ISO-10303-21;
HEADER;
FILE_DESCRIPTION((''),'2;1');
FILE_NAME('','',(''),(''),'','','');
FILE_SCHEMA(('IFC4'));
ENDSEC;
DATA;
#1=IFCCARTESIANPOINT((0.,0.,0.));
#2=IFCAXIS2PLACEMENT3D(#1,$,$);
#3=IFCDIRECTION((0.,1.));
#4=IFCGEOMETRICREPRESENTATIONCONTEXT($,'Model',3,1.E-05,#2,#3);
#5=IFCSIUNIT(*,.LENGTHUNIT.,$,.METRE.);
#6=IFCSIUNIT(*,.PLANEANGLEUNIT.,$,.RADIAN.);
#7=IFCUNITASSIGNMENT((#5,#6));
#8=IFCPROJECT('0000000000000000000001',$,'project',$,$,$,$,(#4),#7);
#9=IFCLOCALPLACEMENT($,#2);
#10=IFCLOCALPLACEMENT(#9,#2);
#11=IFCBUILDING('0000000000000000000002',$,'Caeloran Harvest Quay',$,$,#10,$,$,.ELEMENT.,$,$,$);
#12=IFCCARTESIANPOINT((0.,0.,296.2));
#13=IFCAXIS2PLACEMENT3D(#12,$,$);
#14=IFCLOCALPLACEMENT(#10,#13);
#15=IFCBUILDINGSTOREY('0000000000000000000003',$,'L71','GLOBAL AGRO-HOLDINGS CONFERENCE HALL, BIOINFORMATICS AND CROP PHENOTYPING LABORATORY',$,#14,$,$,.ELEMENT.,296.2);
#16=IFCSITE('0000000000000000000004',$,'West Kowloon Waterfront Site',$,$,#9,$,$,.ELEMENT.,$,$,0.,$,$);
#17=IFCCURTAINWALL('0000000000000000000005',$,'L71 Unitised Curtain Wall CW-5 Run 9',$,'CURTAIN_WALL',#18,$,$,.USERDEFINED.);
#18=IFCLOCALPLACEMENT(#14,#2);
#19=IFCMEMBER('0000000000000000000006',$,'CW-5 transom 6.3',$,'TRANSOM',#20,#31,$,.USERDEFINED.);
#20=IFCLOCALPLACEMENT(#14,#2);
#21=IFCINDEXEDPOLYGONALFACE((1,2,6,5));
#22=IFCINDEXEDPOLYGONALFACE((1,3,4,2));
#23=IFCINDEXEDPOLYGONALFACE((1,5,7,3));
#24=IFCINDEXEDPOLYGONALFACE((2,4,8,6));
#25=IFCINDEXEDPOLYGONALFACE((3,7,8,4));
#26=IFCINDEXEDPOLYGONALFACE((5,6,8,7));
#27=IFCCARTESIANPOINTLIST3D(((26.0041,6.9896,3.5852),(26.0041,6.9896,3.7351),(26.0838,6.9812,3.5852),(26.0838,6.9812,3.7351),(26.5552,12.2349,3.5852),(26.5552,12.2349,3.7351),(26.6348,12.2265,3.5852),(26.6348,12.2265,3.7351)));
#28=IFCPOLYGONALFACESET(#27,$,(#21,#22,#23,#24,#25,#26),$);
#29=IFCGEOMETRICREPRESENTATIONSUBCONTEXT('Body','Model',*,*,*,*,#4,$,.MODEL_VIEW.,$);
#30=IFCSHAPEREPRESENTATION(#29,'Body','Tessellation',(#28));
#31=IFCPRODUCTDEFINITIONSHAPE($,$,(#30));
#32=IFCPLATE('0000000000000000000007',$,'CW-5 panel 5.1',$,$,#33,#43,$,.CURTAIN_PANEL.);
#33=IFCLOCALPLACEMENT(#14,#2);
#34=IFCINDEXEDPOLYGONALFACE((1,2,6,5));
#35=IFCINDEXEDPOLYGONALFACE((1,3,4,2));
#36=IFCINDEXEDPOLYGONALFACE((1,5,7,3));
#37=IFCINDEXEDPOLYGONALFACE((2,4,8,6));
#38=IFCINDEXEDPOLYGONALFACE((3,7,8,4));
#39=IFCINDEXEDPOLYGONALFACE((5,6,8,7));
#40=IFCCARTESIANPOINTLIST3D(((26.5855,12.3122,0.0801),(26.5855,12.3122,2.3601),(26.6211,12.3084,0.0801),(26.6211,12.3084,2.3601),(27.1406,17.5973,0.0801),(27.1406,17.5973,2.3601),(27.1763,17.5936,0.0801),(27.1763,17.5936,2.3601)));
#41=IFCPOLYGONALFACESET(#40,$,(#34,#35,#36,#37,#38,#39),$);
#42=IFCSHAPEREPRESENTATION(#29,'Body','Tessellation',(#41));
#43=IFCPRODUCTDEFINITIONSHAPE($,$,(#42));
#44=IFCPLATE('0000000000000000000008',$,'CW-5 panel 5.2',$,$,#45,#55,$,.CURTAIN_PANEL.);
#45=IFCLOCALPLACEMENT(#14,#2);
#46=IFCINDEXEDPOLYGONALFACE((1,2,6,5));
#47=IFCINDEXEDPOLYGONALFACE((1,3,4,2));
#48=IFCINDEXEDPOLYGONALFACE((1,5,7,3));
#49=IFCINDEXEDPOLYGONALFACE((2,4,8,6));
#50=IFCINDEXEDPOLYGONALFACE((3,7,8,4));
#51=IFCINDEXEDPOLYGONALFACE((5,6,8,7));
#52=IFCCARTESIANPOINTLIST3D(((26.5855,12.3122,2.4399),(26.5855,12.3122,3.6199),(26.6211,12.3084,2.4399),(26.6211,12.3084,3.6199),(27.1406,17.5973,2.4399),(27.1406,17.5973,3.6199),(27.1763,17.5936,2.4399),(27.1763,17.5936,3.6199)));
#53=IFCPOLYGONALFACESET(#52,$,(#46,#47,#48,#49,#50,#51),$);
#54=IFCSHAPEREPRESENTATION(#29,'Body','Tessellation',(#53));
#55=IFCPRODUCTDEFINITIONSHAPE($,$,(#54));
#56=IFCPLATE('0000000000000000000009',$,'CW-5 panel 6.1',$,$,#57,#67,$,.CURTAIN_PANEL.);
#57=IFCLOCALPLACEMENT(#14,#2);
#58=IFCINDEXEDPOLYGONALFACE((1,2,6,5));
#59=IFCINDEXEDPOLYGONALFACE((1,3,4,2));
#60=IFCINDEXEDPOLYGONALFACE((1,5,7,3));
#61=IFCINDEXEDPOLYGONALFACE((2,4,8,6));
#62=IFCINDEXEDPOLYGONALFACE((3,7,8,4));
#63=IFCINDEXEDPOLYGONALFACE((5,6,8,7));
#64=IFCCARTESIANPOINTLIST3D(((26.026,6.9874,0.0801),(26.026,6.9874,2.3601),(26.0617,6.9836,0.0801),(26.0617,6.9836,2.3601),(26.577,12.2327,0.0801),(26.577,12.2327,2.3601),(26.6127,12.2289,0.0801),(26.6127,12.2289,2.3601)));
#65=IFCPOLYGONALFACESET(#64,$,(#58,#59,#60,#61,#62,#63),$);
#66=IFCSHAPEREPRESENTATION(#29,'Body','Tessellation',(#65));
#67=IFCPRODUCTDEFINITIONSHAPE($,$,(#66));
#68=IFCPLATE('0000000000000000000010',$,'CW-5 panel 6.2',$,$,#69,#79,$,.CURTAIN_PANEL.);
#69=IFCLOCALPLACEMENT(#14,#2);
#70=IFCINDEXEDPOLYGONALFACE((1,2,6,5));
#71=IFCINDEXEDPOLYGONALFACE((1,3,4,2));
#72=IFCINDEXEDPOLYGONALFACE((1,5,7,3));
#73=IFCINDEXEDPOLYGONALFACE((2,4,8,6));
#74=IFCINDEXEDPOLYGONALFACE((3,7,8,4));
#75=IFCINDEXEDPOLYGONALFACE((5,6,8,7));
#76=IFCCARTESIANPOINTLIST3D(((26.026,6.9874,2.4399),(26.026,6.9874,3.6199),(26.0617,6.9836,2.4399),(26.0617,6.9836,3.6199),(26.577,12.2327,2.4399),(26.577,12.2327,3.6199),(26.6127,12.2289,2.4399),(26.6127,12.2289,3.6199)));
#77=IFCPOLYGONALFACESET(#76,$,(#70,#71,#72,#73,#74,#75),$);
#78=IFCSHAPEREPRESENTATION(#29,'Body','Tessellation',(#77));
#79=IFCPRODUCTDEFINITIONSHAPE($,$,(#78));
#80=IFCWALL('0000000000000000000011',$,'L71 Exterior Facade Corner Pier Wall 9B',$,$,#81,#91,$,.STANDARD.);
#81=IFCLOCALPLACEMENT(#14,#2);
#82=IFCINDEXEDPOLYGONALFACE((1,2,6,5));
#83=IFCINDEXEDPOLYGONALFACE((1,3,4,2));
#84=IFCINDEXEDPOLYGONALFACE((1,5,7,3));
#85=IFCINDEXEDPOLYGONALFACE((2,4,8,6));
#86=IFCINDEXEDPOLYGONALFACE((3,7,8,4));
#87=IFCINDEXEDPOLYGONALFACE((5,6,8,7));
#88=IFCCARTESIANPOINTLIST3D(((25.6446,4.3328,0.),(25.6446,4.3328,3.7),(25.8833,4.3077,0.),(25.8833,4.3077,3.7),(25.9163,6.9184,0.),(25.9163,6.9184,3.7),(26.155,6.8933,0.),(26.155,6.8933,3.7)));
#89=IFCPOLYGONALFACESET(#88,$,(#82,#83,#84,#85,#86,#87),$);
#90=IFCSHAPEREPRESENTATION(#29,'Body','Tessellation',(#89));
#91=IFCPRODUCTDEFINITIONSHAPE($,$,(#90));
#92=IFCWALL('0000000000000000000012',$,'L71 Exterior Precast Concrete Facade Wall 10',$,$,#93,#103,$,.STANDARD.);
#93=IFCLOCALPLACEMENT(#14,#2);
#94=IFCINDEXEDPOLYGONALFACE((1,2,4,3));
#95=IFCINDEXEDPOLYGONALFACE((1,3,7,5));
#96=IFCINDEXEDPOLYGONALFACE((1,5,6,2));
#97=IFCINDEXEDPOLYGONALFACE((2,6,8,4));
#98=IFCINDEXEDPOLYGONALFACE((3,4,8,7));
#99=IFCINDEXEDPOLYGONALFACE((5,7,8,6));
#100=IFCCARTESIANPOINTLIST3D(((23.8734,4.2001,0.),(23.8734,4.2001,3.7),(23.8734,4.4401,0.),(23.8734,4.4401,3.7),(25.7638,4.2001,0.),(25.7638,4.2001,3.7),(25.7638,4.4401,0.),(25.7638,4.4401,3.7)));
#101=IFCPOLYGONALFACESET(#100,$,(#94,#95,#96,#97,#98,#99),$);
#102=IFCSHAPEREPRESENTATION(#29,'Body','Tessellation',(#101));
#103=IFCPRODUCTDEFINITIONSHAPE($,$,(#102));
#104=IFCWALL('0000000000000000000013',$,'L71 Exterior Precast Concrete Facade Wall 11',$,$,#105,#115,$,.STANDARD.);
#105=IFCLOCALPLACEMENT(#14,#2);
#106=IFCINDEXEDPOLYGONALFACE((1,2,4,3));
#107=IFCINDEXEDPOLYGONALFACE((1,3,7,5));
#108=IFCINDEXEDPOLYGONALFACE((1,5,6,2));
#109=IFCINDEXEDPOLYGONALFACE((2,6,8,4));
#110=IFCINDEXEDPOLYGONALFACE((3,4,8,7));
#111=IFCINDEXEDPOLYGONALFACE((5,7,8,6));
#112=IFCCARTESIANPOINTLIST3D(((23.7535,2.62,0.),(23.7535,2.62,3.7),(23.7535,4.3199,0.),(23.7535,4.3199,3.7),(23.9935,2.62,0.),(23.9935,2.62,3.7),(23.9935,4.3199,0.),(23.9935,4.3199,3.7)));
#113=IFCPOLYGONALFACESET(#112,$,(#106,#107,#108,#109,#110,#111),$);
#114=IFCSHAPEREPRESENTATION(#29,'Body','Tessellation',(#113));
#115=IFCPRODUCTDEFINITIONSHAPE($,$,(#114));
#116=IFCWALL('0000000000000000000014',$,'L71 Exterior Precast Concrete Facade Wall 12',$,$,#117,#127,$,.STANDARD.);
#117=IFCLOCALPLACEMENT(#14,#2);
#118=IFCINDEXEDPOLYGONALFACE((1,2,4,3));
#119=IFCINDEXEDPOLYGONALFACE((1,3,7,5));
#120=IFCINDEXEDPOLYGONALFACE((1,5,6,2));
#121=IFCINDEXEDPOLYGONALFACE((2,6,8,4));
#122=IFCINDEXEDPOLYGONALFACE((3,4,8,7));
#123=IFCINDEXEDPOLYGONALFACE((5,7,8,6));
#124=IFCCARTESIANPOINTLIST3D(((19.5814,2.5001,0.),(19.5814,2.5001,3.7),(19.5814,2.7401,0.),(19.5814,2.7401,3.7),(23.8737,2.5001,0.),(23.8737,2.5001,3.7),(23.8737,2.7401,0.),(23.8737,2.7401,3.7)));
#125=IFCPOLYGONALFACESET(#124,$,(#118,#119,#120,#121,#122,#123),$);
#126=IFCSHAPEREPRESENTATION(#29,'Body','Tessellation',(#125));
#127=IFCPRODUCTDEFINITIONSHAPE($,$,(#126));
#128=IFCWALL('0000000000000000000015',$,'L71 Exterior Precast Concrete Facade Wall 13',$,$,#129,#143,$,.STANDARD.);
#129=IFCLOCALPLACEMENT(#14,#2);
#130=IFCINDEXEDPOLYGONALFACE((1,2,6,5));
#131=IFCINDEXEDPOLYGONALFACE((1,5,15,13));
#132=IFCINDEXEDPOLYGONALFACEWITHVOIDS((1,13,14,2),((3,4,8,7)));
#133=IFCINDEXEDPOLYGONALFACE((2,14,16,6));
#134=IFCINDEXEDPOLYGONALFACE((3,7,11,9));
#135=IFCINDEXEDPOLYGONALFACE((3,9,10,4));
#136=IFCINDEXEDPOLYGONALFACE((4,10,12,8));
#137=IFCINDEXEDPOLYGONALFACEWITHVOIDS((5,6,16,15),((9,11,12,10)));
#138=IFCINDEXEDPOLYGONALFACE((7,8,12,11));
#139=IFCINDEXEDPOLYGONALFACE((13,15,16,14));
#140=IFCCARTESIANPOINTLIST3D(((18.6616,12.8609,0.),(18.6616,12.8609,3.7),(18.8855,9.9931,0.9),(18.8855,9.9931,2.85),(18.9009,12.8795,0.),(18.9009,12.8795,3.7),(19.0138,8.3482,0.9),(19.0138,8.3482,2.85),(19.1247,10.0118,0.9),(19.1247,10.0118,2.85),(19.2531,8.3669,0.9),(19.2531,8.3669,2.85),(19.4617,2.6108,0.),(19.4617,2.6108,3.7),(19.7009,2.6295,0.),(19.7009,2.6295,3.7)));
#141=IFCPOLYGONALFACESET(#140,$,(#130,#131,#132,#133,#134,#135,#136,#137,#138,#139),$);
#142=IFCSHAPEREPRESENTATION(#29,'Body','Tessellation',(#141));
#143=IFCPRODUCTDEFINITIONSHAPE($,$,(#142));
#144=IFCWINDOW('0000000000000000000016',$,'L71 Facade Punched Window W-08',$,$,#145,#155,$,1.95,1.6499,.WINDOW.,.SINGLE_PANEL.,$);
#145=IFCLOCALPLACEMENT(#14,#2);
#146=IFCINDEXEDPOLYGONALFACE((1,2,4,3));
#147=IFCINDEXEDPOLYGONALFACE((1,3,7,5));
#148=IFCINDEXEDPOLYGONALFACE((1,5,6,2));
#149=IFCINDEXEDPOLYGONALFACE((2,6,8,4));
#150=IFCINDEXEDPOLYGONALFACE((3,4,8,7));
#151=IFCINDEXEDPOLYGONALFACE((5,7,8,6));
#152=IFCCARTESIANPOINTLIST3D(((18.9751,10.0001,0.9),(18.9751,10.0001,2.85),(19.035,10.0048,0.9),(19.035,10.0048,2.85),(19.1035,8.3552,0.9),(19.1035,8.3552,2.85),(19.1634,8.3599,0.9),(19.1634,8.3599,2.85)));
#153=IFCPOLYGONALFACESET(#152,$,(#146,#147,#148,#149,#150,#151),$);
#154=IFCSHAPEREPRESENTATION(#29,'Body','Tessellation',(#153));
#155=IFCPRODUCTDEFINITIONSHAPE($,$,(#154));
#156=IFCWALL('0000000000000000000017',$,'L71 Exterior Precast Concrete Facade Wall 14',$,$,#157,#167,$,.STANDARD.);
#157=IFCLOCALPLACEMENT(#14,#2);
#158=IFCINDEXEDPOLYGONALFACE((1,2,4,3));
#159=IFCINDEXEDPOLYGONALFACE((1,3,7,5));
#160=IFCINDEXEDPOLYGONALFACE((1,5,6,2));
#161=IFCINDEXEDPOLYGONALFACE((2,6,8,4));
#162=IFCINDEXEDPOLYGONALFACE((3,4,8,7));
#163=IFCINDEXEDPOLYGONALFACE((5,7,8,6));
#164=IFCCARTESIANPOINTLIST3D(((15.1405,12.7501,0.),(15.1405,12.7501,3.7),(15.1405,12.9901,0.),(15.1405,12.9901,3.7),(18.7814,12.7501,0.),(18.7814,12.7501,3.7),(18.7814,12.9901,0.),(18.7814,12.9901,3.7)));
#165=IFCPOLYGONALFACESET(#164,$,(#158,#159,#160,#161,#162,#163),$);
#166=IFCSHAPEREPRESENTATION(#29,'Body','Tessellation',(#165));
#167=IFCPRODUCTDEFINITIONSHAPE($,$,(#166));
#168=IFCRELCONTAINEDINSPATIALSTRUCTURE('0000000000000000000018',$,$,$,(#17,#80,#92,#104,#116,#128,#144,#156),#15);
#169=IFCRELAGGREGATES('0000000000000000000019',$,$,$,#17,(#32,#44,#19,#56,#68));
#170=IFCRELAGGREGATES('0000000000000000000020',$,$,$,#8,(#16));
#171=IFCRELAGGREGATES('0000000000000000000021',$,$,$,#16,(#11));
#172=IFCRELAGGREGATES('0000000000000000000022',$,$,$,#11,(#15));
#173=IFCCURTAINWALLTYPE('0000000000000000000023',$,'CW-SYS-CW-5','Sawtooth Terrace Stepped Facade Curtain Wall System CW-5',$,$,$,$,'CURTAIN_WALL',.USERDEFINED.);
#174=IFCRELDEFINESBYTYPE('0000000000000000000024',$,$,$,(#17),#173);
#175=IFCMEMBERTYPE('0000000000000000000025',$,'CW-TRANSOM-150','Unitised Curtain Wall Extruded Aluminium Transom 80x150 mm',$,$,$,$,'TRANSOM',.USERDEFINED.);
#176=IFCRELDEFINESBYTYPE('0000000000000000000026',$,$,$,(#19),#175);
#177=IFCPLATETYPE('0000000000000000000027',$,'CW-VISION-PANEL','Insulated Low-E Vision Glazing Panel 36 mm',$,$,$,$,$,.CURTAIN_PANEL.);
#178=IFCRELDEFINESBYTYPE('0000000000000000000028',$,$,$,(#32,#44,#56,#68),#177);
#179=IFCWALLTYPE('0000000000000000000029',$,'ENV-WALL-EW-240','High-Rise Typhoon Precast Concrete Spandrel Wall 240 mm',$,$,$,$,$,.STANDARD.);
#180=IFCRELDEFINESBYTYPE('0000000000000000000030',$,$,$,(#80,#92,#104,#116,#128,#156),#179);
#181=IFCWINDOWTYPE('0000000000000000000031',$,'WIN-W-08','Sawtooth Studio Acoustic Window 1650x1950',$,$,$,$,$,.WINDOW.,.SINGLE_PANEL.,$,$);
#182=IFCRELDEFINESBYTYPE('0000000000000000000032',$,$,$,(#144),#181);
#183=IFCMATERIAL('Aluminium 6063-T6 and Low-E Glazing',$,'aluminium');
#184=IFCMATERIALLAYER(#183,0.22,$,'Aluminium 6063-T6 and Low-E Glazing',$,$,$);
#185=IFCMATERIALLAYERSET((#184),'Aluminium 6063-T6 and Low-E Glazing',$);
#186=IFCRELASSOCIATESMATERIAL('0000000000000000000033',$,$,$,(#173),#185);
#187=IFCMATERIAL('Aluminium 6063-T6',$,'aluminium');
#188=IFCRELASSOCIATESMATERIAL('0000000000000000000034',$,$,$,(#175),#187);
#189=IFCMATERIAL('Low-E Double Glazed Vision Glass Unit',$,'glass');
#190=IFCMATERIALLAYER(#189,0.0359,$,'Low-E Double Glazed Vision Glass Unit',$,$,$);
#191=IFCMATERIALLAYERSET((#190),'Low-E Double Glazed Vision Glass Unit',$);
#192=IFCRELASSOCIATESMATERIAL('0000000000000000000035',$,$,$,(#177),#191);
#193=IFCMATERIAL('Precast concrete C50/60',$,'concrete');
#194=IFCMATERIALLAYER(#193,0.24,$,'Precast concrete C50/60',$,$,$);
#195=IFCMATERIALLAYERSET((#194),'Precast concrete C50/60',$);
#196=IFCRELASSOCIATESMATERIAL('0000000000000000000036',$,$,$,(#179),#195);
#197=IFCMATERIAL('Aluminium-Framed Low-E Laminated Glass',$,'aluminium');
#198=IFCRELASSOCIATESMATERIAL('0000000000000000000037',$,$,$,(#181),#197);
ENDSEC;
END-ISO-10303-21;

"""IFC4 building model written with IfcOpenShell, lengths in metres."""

from ifc_helpers import new_model, si_unit, direction, frame, frame_2d, origin, origin_2d, place, context, subcontext, project, spatial, rectangle, extrude, material, layer, layer_set, material_profile, profile_set, type_object, element, fill, aggregate, save


model = new_model("IFC4")

# Units and contexts
model_context = context("Model", 3, precision=1e-05, world=origin(), true_north=direction((0.0, 1.0)))
body_context = subcontext(model_context, "Body", "Model", "MODEL_VIEW")
ifc_project = project(units=[si_unit("LENGTHUNIT", "METRE"), si_unit("PLANEANGLEUNIT", "RADIAN")], contexts=[model_context])

# Site, building, storey
site_placement = place(None, origin())
site = spatial("IfcSite", under=ifc_project, at=site_placement, Name="West Kowloon Waterfront Site", CompositionType="ELEMENT", RefElevation=0.0)
building_placement = place(site_placement, origin())
building = spatial("IfcBuilding", under=site, at=building_placement, Name="Caeloran Harvest Quay", CompositionType="ELEMENT")
storey_placement = place(building_placement, frame((0.0, 0.0, 296.2)))
storey = spatial("IfcBuildingStorey", under=building, at=storey_placement, Name="L71", Description="GLOBAL AGRO-HOLDINGS CONFERENCE HALL, BIOINFORMATICS AND CROP PHENOTYPING LABORATORY", CompositionType="ELEMENT", Elevation=296.2)

# Curtain wall, member, plates
ifc_material_1 = material(Name="Aluminium 6063-T6 and Low-E Glazing", Category="aluminium")
ifc_layer_1 = layer(ifc_material_1, 0.22, Name="Aluminium 6063-T6 and Low-E Glazing")
ifc_layer_set_1 = layer_set([ifc_layer_1], Name="Aluminium 6063-T6 and Low-E Glazing")
curtain_wall_type = type_object("IfcCurtainWallType", Name="CW-SYS-CW-5", Description="Sawtooth Terrace Stepped Facade Curtain Wall System CW-5", ElementType="CURTAIN_WALL", PredefinedType="USERDEFINED", material=ifc_layer_set_1)
curtain_wall_placement = place(storey_placement, origin())
curtain_wall = element("IfcCurtainWall", 1, at=curtain_wall_placement, inside=storey, type_object=curtain_wall_type, Name="L71 Unitised Curtain Wall CW-5 Run 9", ObjectType="CURTAIN_WALL", PredefinedType="USERDEFINED")
ifc_material_2 = material(Name="Aluminium 6063-T6", Category="aluminium")
ifc_material_profile_1 = material_profile(ifc_material_2, rectangle(XDim=0.0801, YDim=0.1499, at=origin_2d()), Name="CW-TRANSOM-150")
ifc_profile_set_1 = profile_set([ifc_material_profile_1], Name="Aluminium 6063-T6")
member_type_1 = type_object("IfcMemberType", Name="CW-TRANSOM-150", Description="Unitised Curtain Wall Extruded Aluminium Transom 80x150 mm", ElementType="TRANSOM", PredefinedType="USERDEFINED", material=ifc_profile_set_1)
member_1_placement = place(storey_placement, frame((26.595, 12.2307, 3.6602), z_axis=(-0.104475, -0.994527, 0.0), x_axis=(0.994527, -0.104475, 0.0)))
member_1 = element("IfcMember", 2, at=member_1_placement, type_object=member_type_1, Name="CW-5 transom 6.3", ObjectType="TRANSOM", PredefinedType="USERDEFINED", context=body_context, shape_type="SweptSolid", body=[
    extrude(rectangle(XDim=0.0801, YDim=0.1499, at=origin_2d()), origin(), (0.0, 0.0, 1.0), 5.2742),
])
ifc_material_3 = material(Name="Low-E Double Glazed Vision Glass Unit", Category="glass")
ifc_layer_2 = layer(ifc_material_3, 0.0359, Name="Low-E Double Glazed Vision Glass Unit")
ifc_layer_set_2 = layer_set([ifc_layer_2], Name="Low-E Double Glazed Vision Glass Unit")
plate_type = type_object("IfcPlateType", Name="CW-VISION-PANEL", Description="Insulated Low-E Vision Glazing Panel 36 mm", PredefinedType="CURTAIN_PANEL", material=ifc_layer_set_2)
plate_1_placement = place(storey_placement, frame((26.8809, 14.9529, 0.0801), z_axis=(0.0, 0.0, 1.0), x_axis=(-0.10446, -0.994529, 0.0)))
plate_1 = element("IfcPlate", 3, at=plate_1_placement, type_object=plate_type, Name="CW-5 panel 5.1", PredefinedType="CURTAIN_PANEL", context=body_context, shape_type="SweptSolid", body=[
    extrude(rectangle(XDim=5.3142, YDim=0.0359, at=origin_2d()), origin(), (0.0, 0.0, 1.0), 2.28),
])
plate_2_placement = place(storey_placement, frame((26.8809, 14.9529, 2.4399), z_axis=(0.0, 0.0, 1.0), x_axis=(-0.10446, -0.994529, 0.0)))
plate_2 = element("IfcPlate", 4, at=plate_2_placement, type_object=plate_type, Name="CW-5 panel 5.2", PredefinedType="CURTAIN_PANEL", context=body_context, shape_type="SweptSolid", body=[
    extrude(rectangle(XDim=5.3142, YDim=0.0359, at=origin_2d()), origin(), (0.0, 0.0, 1.0), 1.1799),
])
plate_3_placement = place(storey_placement, frame((26.3193, 9.6082, 0.0801), z_axis=(0.0, 0.0, 1.0), x_axis=(-0.10446, -0.994529, 0.0)))
plate_3 = element("IfcPlate", 5, at=plate_3_placement, type_object=plate_type, Name="CW-5 panel 6.1", PredefinedType="CURTAIN_PANEL", context=body_context, shape_type="SweptSolid", body=[
    extrude(rectangle(XDim=5.2742, YDim=0.0359, at=origin_2d()), origin(), (0.0, 0.0, 1.0), 2.28),
])
plate_4_placement = place(storey_placement, frame((26.3193, 9.6082, 2.4399), z_axis=(0.0, 0.0, 1.0), x_axis=(-0.10446, -0.994529, 0.0)))
plate_4 = element("IfcPlate", 6, at=plate_4_placement, type_object=plate_type, Name="CW-5 panel 6.2", PredefinedType="CURTAIN_PANEL", context=body_context, shape_type="SweptSolid", body=[
    extrude(rectangle(XDim=5.2742, YDim=0.0359, at=origin_2d()), origin(), (0.0, 0.0, 1.0), 1.1799),
])
aggregate(curtain_wall, [plate_1, plate_2, member_1, plate_3, plate_4])

# Walls
ifc_material_4 = material(Name="Precast concrete C50/60", Category="concrete")
ifc_layer_3 = layer(ifc_material_4, 0.24, Name="Precast concrete C50/60")
ifc_layer_set_3 = layer_set([ifc_layer_3], Name="Precast concrete C50/60")
wall_type = type_object("IfcWallType", Name="ENV-WALL-EW-240", Description="High-Rise Typhoon Precast Concrete Spandrel Wall 240 mm", PredefinedType="STANDARD", material=ifc_layer_set_3)
wall_1_placement = place(storey_placement, frame((26.0356, 6.9058, 0.0), z_axis=(0.0, 0.0, 1.0), x_axis=(-0.104514, -0.994523, 0.0)))
element("IfcWall", 7, at=wall_1_placement, inside=storey, type_object=wall_type, Name="L71 Exterior Facade Corner Pier Wall 9B", PredefinedType="STANDARD", context=body_context, shape_type="SweptSolid", body=[
    extrude(rectangle(XDim=2.5999, YDim=0.24, at=frame_2d((1.2998, 0.0))), origin(), (0.0, 0.0, 1.0), 3.7),
])
wall_2_placement = place(storey_placement, frame((25.7639, 4.3201, 0.0), z_axis=(0.0, 0.0, 1.0), x_axis=(-1.0, 0.0, 0.0)))
element("IfcWall", 8, at=wall_2_placement, inside=storey, type_object=wall_type, Name="L71 Exterior Precast Concrete Facade Wall 10", PredefinedType="STANDARD", context=body_context, shape_type="SweptSolid", body=[
    extrude(rectangle(XDim=1.8904, YDim=0.24, at=frame_2d((0.9453, 0.0))), origin(), (0.0, 0.0, 1.0), 3.7),
])
wall_3_placement = place(storey_placement, frame((23.8735, 4.3201, 0.0), z_axis=(0.0, 0.0, 1.0), x_axis=(0.0, -1.0, 0.0)))
element("IfcWall", 9, at=wall_3_placement, inside=storey, type_object=wall_type, Name="L71 Exterior Precast Concrete Facade Wall 11", PredefinedType="STANDARD", context=body_context, shape_type="SweptSolid", body=[
    extrude(rectangle(XDim=1.7, YDim=0.24, at=frame_2d((0.8501, 0.0))), origin(), (0.0, 0.0, 1.0), 3.7),
])
wall_4_placement = place(storey_placement, frame((23.8735, 2.6201, 0.0), z_axis=(0.0, 0.0, 1.0), x_axis=(-1.0, 0.0, 0.0)))
element("IfcWall", 10, at=wall_4_placement, inside=storey, type_object=wall_type, Name="L71 Exterior Precast Concrete Facade Wall 12", PredefinedType="STANDARD", context=body_context, shape_type="SweptSolid", body=[
    extrude(rectangle(XDim=4.2922, YDim=0.24, at=frame_2d((2.146, 0.0))), origin(), (0.0, 0.0, 1.0), 3.7),
])

# Wall, opening, window
wall_5_placement = place(storey_placement, frame((19.5813, 2.6201, 0.0), z_axis=(0.0, 0.0, 1.0), x_axis=(-0.077817, 0.996968, 0.0)))
wall_5 = element("IfcWall", 11, at=wall_5_placement, inside=storey, type_object=wall_type, Name="L71 Exterior Precast Concrete Facade Wall 13", PredefinedType="STANDARD", context=body_context, shape_type="SweptSolid", body=[
    extrude(rectangle(XDim=10.2812, YDim=0.24, at=frame_2d((5.1406, 0.0))), origin(), (0.0, 0.0, 1.0), 3.7),
])
opening_1_placement = place(wall_5_placement, frame((5.7549, 0.0, 0.8999)))
opening_1 = element("IfcOpeningElement", 12, at=opening_1_placement, cuts=wall_5, PredefinedType="OPENING", context=body_context, shape_type="SweptSolid", body=[
    extrude(rectangle(XDim=1.6499, YDim=1.95, at=frame_2d((0.825, 0.9751))), frame((0.0, 0.1299, 0.0), z_axis=(0.0, -1.0, 0.0), x_axis=(1.0, 0.0, 0.0)), (0.0, 0.0, 1.0), 0.26),
])
ifc_material_5 = material(Name="Aluminium-Framed Low-E Laminated Glass", Category="aluminium")
window_type = type_object("IfcWindowType", Name="WIN-W-08", Description="Sawtooth Studio Acoustic Window 1650x1950", PartitioningType="SINGLE_PANEL", PredefinedType="WINDOW", material=ifc_material_5)
window_1_placement = place(opening_1_placement, origin())
window_1 = element("IfcWindow", 13, at=window_1_placement, inside=storey, type_object=window_type, Name="L71 Facade Punched Window W-08", OverallHeight=1.95, OverallWidth=1.6499, PartitioningType="SINGLE_PANEL", PredefinedType="WINDOW", context=body_context, shape_type="SweptSolid", body=[
    extrude(rectangle(XDim=1.6499, YDim=1.95, at=frame_2d((0.825, 0.9751))), frame((0.0, 0.03, 0.0), z_axis=(0.0, -1.0, 0.0), x_axis=(1.0, 0.0, 0.0)), (0.0, 0.0, 1.0), 0.0601),
])
fill(opening_1, window_1)

# Wall
wall_6_placement = place(storey_placement, frame((18.7812, 12.8701, 0.0), z_axis=(0.0, 0.0, 1.0), x_axis=(-1.0, 0.0, 0.0)))
element("IfcWall", 14, at=wall_6_placement, inside=storey, type_object=wall_type, Name="L71 Exterior Precast Concrete Facade Wall 14", PredefinedType="STANDARD", context=body_context, shape_type="SweptSolid", body=[
    extrude(rectangle(XDim=3.6409, YDim=0.24, at=frame_2d((1.8203, 0.0))), origin(), (0.0, 0.0, 1.0), 3.7),
])

save(model, "model.ifc")
